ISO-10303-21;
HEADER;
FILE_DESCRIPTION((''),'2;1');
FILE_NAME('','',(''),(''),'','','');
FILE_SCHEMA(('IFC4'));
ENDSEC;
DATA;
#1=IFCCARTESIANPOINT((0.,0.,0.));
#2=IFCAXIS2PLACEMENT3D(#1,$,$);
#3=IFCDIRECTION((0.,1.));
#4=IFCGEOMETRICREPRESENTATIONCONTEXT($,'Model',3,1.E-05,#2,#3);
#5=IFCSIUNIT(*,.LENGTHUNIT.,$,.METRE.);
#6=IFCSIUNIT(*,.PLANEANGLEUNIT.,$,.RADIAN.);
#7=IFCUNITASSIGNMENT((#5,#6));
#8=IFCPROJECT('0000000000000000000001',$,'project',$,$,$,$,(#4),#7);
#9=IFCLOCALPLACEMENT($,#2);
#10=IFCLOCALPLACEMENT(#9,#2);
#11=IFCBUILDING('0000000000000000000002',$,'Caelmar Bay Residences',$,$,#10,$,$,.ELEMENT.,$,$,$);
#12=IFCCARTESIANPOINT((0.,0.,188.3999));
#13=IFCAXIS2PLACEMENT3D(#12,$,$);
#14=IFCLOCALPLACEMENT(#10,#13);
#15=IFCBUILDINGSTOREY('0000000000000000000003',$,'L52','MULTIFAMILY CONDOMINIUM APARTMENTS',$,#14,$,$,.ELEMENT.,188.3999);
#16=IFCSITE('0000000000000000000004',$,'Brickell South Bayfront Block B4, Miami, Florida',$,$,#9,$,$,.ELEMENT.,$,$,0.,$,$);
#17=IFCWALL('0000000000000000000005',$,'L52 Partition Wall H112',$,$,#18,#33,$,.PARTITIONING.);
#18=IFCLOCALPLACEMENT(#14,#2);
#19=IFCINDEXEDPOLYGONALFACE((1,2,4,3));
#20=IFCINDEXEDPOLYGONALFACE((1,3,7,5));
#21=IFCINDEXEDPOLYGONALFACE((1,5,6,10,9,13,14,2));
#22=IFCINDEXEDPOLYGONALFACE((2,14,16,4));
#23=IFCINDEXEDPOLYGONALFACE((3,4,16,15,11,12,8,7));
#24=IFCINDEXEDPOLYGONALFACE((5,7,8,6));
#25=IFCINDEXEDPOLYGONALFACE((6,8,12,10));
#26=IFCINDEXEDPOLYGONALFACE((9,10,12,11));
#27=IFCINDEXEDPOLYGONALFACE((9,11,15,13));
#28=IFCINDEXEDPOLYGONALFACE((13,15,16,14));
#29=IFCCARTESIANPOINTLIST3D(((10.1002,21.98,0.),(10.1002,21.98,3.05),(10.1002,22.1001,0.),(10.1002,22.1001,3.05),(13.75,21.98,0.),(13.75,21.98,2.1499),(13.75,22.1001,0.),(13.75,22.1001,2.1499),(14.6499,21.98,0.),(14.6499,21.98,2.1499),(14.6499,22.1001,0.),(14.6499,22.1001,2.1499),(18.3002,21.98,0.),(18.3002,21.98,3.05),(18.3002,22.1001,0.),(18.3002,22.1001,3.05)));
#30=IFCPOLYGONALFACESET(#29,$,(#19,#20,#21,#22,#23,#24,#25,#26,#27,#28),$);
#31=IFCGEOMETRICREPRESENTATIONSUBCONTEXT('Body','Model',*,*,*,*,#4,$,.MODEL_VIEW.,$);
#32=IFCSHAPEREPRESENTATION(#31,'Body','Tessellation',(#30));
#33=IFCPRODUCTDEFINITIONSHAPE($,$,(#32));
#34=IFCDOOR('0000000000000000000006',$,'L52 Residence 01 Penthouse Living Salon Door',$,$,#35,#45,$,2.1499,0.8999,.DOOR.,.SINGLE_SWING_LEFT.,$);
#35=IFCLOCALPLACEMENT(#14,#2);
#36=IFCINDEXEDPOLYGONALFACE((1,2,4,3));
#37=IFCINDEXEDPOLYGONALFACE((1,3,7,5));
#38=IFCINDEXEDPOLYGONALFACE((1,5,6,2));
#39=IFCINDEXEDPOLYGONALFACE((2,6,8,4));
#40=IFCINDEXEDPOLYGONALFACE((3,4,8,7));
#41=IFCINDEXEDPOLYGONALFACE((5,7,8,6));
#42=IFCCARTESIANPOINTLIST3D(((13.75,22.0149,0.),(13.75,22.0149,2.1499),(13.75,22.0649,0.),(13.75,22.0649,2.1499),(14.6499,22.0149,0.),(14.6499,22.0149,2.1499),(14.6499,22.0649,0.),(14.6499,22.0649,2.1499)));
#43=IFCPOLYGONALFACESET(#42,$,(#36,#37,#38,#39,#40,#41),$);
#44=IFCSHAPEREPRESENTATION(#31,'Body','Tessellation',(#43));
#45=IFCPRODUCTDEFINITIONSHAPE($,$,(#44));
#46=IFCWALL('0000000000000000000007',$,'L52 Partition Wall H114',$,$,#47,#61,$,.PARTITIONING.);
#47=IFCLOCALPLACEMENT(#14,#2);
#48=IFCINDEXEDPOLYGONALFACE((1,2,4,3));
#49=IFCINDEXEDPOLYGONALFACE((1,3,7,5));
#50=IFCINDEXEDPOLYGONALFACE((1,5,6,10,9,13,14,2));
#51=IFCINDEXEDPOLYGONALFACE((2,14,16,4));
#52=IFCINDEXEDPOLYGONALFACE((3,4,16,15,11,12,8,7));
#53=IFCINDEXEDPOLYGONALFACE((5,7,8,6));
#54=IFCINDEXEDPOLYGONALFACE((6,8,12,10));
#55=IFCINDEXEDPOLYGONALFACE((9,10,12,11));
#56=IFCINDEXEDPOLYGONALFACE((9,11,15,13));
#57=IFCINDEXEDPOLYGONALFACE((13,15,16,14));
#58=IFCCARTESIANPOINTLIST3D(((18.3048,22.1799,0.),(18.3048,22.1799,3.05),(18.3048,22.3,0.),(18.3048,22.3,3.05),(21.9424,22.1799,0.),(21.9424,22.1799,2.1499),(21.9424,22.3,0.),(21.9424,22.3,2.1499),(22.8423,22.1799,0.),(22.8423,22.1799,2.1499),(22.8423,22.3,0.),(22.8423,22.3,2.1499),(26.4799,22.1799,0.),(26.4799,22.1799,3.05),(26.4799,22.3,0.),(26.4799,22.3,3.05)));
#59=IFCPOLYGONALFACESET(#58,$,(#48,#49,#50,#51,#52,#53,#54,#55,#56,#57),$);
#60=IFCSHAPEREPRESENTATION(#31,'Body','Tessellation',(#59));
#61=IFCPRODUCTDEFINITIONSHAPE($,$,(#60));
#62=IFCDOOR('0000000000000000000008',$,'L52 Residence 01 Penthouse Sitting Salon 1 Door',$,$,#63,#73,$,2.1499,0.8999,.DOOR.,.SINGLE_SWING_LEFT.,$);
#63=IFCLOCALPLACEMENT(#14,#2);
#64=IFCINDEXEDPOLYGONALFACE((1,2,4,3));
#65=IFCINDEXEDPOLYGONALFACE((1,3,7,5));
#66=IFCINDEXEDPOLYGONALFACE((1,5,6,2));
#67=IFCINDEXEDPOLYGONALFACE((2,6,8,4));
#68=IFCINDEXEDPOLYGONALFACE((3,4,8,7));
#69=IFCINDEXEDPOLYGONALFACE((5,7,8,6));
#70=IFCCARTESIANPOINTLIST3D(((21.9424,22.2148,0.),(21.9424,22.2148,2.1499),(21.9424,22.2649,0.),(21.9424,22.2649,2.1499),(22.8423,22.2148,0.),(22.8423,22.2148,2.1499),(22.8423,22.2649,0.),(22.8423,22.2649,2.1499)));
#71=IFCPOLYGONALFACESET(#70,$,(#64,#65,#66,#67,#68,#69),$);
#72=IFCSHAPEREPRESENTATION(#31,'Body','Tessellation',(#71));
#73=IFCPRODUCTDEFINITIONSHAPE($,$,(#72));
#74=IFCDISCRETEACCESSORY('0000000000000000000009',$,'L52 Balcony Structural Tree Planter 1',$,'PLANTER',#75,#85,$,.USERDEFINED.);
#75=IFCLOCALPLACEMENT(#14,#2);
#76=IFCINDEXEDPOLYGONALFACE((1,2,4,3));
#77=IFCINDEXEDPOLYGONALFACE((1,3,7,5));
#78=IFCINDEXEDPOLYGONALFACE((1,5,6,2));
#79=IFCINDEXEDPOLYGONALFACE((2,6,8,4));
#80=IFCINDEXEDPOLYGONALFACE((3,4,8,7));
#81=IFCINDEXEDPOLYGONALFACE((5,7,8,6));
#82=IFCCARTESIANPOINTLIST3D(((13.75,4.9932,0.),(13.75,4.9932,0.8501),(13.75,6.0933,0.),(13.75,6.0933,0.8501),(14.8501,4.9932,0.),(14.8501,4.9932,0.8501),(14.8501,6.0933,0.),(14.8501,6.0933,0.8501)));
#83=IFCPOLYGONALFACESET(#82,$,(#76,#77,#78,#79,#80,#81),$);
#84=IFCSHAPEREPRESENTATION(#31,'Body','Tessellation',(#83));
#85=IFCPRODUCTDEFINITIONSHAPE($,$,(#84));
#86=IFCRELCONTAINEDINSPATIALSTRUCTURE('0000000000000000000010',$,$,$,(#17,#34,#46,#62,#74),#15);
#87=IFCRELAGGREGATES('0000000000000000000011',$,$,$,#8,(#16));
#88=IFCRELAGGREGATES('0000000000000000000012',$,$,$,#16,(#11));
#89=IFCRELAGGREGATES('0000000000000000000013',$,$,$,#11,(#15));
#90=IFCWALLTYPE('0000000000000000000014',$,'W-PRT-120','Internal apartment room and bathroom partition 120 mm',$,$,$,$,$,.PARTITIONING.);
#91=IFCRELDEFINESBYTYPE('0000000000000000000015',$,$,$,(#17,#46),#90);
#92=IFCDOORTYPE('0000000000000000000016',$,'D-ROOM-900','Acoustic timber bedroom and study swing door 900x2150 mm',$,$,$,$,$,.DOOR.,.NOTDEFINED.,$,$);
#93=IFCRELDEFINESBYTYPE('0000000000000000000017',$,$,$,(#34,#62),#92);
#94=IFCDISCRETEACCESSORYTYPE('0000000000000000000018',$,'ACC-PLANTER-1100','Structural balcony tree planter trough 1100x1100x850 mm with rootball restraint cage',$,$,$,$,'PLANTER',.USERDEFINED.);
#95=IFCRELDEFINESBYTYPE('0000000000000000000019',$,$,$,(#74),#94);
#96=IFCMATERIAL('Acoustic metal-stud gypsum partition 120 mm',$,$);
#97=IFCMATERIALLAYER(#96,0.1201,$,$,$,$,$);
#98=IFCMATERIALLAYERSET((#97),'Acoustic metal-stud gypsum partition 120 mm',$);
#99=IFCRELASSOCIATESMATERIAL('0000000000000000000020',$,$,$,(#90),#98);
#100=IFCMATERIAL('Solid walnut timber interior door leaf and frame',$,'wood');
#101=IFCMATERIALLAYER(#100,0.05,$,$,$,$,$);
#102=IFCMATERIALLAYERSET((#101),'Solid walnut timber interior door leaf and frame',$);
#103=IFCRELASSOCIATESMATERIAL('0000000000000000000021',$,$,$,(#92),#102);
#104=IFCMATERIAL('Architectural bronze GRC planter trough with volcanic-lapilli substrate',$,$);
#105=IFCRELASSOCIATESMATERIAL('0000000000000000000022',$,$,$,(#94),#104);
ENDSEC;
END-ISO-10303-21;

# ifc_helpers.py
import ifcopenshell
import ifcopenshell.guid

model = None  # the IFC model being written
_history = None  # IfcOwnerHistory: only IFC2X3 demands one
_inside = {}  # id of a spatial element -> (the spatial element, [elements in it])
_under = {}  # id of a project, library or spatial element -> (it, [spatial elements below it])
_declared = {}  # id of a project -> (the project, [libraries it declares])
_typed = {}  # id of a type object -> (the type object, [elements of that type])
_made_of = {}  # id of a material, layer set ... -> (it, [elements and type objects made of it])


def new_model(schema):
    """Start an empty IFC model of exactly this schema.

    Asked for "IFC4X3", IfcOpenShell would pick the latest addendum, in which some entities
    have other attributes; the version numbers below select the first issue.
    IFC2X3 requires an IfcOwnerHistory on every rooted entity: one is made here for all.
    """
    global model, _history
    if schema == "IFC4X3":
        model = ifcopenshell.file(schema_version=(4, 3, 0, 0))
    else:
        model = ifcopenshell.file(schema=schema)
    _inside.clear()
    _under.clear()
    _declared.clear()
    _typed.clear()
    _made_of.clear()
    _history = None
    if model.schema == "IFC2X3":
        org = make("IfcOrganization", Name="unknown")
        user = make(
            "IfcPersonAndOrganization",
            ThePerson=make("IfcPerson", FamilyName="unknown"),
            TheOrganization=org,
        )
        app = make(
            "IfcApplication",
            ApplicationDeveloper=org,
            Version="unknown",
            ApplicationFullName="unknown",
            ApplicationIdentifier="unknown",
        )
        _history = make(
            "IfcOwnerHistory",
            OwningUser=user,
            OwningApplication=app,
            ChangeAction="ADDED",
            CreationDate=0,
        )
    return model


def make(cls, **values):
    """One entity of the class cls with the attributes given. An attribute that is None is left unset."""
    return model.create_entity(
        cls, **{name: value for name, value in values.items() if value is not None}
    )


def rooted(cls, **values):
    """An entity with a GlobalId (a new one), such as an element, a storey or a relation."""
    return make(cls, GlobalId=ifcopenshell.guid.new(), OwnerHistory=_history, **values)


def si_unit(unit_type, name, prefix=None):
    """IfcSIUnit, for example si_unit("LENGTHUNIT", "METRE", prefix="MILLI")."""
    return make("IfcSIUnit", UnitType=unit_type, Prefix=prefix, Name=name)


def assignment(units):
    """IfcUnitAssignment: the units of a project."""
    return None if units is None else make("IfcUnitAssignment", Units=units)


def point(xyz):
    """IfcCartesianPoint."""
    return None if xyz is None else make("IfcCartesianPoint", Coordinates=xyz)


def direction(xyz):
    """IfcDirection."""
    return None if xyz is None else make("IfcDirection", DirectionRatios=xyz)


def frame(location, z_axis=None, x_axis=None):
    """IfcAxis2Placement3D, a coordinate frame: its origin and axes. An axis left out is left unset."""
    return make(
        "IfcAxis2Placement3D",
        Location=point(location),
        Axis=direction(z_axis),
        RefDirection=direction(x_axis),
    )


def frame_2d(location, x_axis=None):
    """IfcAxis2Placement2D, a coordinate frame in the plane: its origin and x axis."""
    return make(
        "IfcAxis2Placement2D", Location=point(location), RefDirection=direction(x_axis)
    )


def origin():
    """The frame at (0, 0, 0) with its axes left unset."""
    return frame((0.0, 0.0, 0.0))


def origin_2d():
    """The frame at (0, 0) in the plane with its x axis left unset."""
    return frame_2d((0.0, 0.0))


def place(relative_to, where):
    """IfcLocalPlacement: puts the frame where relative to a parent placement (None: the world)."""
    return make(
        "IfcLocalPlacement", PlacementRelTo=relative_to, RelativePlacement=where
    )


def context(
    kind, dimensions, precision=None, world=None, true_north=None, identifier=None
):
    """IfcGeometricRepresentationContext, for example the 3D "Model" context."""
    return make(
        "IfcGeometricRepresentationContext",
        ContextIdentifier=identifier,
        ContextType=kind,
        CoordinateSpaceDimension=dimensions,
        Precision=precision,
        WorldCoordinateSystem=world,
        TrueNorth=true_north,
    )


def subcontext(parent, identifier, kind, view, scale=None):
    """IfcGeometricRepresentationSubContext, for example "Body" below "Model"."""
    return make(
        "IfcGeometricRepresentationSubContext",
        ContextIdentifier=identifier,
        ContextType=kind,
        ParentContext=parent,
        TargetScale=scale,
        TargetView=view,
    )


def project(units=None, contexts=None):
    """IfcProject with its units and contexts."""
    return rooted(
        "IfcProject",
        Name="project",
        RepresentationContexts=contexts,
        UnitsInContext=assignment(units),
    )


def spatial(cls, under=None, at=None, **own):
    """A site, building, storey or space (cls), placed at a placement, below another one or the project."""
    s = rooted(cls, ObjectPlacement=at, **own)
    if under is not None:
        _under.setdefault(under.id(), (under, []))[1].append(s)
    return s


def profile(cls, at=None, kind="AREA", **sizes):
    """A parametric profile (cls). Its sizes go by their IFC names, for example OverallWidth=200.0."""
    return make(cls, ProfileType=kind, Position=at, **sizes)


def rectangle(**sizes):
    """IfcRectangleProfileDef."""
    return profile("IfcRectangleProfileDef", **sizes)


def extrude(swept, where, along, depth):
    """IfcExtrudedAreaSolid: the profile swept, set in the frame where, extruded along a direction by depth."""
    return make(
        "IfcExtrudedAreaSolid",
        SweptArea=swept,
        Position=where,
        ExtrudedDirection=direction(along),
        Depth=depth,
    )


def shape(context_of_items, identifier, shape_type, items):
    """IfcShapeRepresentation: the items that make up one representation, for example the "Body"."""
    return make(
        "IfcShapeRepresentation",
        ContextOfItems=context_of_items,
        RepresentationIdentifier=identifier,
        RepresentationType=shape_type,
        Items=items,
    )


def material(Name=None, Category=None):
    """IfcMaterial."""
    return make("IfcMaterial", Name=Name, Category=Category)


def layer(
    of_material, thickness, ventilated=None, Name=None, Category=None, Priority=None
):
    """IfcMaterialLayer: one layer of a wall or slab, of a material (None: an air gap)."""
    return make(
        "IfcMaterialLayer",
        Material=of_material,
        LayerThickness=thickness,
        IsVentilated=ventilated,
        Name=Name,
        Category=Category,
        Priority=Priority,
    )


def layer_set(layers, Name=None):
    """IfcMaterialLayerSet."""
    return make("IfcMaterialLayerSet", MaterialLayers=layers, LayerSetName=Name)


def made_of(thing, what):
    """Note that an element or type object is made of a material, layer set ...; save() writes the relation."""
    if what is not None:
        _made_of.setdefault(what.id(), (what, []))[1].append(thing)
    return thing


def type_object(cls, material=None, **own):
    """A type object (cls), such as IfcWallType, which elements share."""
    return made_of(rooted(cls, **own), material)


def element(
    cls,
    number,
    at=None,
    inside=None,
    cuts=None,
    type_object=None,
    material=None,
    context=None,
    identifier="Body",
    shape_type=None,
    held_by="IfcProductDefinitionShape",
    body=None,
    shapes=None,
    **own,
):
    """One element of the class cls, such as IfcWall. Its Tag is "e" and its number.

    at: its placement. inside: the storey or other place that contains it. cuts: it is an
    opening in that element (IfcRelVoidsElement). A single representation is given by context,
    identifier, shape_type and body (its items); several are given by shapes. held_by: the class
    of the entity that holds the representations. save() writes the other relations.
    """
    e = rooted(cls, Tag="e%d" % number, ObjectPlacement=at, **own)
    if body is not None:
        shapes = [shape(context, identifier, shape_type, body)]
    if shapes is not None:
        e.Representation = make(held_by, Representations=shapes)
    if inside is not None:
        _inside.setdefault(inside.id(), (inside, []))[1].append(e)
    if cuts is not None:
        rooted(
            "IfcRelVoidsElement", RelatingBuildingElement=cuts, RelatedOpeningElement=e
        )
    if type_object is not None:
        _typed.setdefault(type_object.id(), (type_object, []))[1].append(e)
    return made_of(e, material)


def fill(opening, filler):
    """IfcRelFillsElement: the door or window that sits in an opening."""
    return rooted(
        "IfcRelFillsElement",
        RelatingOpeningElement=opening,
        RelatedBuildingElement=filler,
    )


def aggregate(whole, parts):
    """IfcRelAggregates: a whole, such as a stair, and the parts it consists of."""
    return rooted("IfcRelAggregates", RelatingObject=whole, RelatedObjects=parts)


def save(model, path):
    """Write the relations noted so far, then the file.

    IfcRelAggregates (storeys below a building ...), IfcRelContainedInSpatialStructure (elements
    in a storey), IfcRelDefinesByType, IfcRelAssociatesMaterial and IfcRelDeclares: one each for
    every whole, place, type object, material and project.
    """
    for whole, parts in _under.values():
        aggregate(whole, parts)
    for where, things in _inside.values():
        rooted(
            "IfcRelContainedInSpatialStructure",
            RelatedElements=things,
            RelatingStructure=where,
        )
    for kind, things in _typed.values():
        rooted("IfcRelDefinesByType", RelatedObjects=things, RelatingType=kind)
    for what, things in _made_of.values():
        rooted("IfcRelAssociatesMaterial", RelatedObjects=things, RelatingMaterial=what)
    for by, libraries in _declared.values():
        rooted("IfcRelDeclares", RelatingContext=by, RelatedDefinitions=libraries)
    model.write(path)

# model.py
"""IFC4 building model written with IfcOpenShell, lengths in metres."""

from ifc_helpers import new_model, si_unit, direction, frame, frame_2d, origin, origin_2d, place, context, subcontext, project, spatial, rectangle, extrude, material, layer, layer_set, type_object, element, fill, save


model = new_model("IFC4")

# Units and contexts
model_context = context("Model", 3, precision=1e-05, world=origin(), true_north=direction((0.0, 1.0)))
body_context = subcontext(model_context, "Body", "Model", "MODEL_VIEW")
ifc_project = project(units=[si_unit("LENGTHUNIT", "METRE"), si_unit("PLANEANGLEUNIT", "RADIAN")], contexts=[model_context])

# Site, building, storey
site_placement = place(None, origin())
site = spatial("IfcSite", under=ifc_project, at=site_placement, Name="Brickell South Bayfront Block B4, Miami, Florida", CompositionType="ELEMENT", RefElevation=0.0)
building_placement = place(site_placement, origin())
building = spatial("IfcBuilding", under=site, at=building_placement, Name="Caelmar Bay Residences", CompositionType="ELEMENT")
storey_placement = place(building_placement, frame((0.0, 0.0, 188.3999)))
storey = spatial("IfcBuildingStorey", under=building, at=storey_placement, Name="L52", Description="MULTIFAMILY CONDOMINIUM APARTMENTS", CompositionType="ELEMENT", Elevation=188.3999)

# Shared definitions
ifc_material_1 = material(Name="Acoustic metal-stud gypsum partition 120 mm")
ifc_layer_1 = layer(ifc_material_1, 0.1201)
ifc_layer_set_1 = layer_set([ifc_layer_1], Name="Acoustic metal-stud gypsum partition 120 mm")
wall_type_1 = type_object("IfcWallType", Name="W-PRT-120", Description="Internal apartment room and bathroom partition 120 mm", PredefinedType="PARTITIONING", material=ifc_layer_set_1)

# Shared definitions
ifc_material_2 = material(Name="Solid walnut timber interior door leaf and frame", Category="wood")
ifc_layer_2 = layer(ifc_material_2, 0.05)
ifc_layer_set_2 = layer_set([ifc_layer_2], Name="Solid walnut timber interior door leaf and frame")
door_type = type_object("IfcDoorType", Name="D-ROOM-900", Description="Acoustic timber bedroom and study swing door 900x2150 mm", OperationType="NOTDEFINED", PredefinedType="DOOR", material=ifc_layer_set_2)

# Walls, openings, doors
wall_1_placement = place(storey_placement, frame((10.1001, 22.04, 0.0), z_axis=(0.0, 0.0, 1.0), x_axis=(1.0, 0.0, 0.0)))
wall_1 = element("IfcWall", 1, at=wall_1_placement, inside=storey, type_object=wall_type_1, Name="L52 Partition Wall H112", PredefinedType="PARTITIONING", context=body_context, shape_type="SweptSolid", body=[
    extrude(rectangle(XDim=8.2, YDim=0.1201, at=frame_2d((4.1001, 0.0))), origin(), (0.0, 0.0, 1.0), 3.05),
])
opening_1_placement = place(wall_1_placement, frame((3.6499, 0.0, 0.0)))
opening_1 = element("IfcOpeningElement", 2, at=opening_1_placement, cuts=wall_1, PredefinedType="OPENING", context=body_context, shape_type="SweptSolid", body=[
    extrude(rectangle(XDim=0.8999, YDim=2.1499, at=frame_2d((0.45, 1.075))), frame((0.0, 0.0701, 0.0), z_axis=(0.0, -1.0, 0.0), x_axis=(1.0, 0.0, 0.0)), (0.0, 0.0, 1.0), 0.1401),
])
door_1_placement = place(opening_1_placement, origin())
door_1 = element("IfcDoor", 3, at=door_1_placement, inside=storey, type_object=door_type, Name="L52 Residence 01 Penthouse Living Salon Door", OperationType="SINGLE_SWING_LEFT", OverallHeight=2.1499, OverallWidth=0.8999, PredefinedType="DOOR", context=body_context, shape_type="SweptSolid", body=[
    extrude(rectangle(XDim=0.8999, YDim=2.1499, at=frame_2d((0.45, 1.075))), frame((0.0, 0.0249, 0.0), z_axis=(0.0, -1.0, 0.0), x_axis=(1.0, 0.0, 0.0)), (0.0, 0.0, 1.0), 0.05),
])
fill(opening_1, door_1)
wall_2_placement = place(storey_placement, frame((18.3049, 22.24, 0.0), z_axis=(0.0, 0.0, 1.0), x_axis=(1.0, 0.0, 0.0)))
wall_2 = element("IfcWall", 4, at=wall_2_placement, inside=storey, type_object=wall_type_1, Name="L52 Partition Wall H114", PredefinedType="PARTITIONING", context=body_context, shape_type="SweptSolid", body=[
    extrude(rectangle(XDim=8.175, YDim=0.1201, at=frame_2d((4.0874, 0.0))), origin(), (0.0, 0.0, 1.0), 3.05),
])
opening_2_placement = place(wall_2_placement, frame((3.6375, 0.0, 0.0)))
opening_2 = element("IfcOpeningElement", 5, at=opening_2_placement, cuts=wall_2, PredefinedType="OPENING", context=body_context, shape_type="SweptSolid", body=[
    extrude(rectangle(XDim=0.8999, YDim=2.1499, at=frame_2d((0.45, 1.075))), frame((0.0, 0.0701, 0.0), z_axis=(0.0, -1.0, 0.0), x_axis=(1.0, 0.0, 0.0)), (0.0, 0.0, 1.0), 0.1401),
])
door_2_placement = place(opening_2_placement, origin())
door_2 = element("IfcDoor", 6, at=door_2_placement, inside=storey, type_object=door_type, Name="L52 Residence 01 Penthouse Sitting Salon 1 Door", OperationType="SINGLE_SWING_LEFT", OverallHeight=2.1499, OverallWidth=0.8999, PredefinedType="DOOR", context=body_context, shape_type="SweptSolid", body=[
    extrude(rectangle(XDim=0.8999, YDim=2.1499, at=frame_2d((0.45, 1.075))), frame((0.0, 0.0249, 0.0), z_axis=(0.0, -1.0, 0.0), x_axis=(1.0, 0.0, 0.0)), (0.0, 0.0, 1.0), 0.05),
])
fill(opening_2, door_2)

# Discrete accessory
ifc_material_3 = material(Name="Architectural bronze GRC planter trough with volcanic-lapilli substrate")
discrete_accessory_type = type_object("IfcDiscreteAccessoryType", Name="ACC-PLANTER-1100", Description="Structural balcony tree planter trough 1100x1100x850 mm with rootball restraint cage", ElementType="PLANTER", PredefinedType="USERDEFINED", material=ifc_material_3)
discrete_accessory_placement = place(storey_placement, frame((14.3, 5.5432, 0.0), z_axis=(0.0, 0.0, 1.0), x_axis=(1.0, 0.0, 0.0)))
element("IfcDiscreteAccessory", 7, at=discrete_accessory_placement, inside=storey, type_object=discrete_accessory_type, Name="L52 Balcony Structural Tree Planter 1", ObjectType="PLANTER", PredefinedType="USERDEFINED", context=body_context, shape_type="SweptSolid", body=[
    extrude(rectangle(XDim=1.1001, YDim=1.1001, at=origin_2d()), origin(), (0.0, 0.0, 1.0), 0.8501),
])

save(model, "model.ifc")
